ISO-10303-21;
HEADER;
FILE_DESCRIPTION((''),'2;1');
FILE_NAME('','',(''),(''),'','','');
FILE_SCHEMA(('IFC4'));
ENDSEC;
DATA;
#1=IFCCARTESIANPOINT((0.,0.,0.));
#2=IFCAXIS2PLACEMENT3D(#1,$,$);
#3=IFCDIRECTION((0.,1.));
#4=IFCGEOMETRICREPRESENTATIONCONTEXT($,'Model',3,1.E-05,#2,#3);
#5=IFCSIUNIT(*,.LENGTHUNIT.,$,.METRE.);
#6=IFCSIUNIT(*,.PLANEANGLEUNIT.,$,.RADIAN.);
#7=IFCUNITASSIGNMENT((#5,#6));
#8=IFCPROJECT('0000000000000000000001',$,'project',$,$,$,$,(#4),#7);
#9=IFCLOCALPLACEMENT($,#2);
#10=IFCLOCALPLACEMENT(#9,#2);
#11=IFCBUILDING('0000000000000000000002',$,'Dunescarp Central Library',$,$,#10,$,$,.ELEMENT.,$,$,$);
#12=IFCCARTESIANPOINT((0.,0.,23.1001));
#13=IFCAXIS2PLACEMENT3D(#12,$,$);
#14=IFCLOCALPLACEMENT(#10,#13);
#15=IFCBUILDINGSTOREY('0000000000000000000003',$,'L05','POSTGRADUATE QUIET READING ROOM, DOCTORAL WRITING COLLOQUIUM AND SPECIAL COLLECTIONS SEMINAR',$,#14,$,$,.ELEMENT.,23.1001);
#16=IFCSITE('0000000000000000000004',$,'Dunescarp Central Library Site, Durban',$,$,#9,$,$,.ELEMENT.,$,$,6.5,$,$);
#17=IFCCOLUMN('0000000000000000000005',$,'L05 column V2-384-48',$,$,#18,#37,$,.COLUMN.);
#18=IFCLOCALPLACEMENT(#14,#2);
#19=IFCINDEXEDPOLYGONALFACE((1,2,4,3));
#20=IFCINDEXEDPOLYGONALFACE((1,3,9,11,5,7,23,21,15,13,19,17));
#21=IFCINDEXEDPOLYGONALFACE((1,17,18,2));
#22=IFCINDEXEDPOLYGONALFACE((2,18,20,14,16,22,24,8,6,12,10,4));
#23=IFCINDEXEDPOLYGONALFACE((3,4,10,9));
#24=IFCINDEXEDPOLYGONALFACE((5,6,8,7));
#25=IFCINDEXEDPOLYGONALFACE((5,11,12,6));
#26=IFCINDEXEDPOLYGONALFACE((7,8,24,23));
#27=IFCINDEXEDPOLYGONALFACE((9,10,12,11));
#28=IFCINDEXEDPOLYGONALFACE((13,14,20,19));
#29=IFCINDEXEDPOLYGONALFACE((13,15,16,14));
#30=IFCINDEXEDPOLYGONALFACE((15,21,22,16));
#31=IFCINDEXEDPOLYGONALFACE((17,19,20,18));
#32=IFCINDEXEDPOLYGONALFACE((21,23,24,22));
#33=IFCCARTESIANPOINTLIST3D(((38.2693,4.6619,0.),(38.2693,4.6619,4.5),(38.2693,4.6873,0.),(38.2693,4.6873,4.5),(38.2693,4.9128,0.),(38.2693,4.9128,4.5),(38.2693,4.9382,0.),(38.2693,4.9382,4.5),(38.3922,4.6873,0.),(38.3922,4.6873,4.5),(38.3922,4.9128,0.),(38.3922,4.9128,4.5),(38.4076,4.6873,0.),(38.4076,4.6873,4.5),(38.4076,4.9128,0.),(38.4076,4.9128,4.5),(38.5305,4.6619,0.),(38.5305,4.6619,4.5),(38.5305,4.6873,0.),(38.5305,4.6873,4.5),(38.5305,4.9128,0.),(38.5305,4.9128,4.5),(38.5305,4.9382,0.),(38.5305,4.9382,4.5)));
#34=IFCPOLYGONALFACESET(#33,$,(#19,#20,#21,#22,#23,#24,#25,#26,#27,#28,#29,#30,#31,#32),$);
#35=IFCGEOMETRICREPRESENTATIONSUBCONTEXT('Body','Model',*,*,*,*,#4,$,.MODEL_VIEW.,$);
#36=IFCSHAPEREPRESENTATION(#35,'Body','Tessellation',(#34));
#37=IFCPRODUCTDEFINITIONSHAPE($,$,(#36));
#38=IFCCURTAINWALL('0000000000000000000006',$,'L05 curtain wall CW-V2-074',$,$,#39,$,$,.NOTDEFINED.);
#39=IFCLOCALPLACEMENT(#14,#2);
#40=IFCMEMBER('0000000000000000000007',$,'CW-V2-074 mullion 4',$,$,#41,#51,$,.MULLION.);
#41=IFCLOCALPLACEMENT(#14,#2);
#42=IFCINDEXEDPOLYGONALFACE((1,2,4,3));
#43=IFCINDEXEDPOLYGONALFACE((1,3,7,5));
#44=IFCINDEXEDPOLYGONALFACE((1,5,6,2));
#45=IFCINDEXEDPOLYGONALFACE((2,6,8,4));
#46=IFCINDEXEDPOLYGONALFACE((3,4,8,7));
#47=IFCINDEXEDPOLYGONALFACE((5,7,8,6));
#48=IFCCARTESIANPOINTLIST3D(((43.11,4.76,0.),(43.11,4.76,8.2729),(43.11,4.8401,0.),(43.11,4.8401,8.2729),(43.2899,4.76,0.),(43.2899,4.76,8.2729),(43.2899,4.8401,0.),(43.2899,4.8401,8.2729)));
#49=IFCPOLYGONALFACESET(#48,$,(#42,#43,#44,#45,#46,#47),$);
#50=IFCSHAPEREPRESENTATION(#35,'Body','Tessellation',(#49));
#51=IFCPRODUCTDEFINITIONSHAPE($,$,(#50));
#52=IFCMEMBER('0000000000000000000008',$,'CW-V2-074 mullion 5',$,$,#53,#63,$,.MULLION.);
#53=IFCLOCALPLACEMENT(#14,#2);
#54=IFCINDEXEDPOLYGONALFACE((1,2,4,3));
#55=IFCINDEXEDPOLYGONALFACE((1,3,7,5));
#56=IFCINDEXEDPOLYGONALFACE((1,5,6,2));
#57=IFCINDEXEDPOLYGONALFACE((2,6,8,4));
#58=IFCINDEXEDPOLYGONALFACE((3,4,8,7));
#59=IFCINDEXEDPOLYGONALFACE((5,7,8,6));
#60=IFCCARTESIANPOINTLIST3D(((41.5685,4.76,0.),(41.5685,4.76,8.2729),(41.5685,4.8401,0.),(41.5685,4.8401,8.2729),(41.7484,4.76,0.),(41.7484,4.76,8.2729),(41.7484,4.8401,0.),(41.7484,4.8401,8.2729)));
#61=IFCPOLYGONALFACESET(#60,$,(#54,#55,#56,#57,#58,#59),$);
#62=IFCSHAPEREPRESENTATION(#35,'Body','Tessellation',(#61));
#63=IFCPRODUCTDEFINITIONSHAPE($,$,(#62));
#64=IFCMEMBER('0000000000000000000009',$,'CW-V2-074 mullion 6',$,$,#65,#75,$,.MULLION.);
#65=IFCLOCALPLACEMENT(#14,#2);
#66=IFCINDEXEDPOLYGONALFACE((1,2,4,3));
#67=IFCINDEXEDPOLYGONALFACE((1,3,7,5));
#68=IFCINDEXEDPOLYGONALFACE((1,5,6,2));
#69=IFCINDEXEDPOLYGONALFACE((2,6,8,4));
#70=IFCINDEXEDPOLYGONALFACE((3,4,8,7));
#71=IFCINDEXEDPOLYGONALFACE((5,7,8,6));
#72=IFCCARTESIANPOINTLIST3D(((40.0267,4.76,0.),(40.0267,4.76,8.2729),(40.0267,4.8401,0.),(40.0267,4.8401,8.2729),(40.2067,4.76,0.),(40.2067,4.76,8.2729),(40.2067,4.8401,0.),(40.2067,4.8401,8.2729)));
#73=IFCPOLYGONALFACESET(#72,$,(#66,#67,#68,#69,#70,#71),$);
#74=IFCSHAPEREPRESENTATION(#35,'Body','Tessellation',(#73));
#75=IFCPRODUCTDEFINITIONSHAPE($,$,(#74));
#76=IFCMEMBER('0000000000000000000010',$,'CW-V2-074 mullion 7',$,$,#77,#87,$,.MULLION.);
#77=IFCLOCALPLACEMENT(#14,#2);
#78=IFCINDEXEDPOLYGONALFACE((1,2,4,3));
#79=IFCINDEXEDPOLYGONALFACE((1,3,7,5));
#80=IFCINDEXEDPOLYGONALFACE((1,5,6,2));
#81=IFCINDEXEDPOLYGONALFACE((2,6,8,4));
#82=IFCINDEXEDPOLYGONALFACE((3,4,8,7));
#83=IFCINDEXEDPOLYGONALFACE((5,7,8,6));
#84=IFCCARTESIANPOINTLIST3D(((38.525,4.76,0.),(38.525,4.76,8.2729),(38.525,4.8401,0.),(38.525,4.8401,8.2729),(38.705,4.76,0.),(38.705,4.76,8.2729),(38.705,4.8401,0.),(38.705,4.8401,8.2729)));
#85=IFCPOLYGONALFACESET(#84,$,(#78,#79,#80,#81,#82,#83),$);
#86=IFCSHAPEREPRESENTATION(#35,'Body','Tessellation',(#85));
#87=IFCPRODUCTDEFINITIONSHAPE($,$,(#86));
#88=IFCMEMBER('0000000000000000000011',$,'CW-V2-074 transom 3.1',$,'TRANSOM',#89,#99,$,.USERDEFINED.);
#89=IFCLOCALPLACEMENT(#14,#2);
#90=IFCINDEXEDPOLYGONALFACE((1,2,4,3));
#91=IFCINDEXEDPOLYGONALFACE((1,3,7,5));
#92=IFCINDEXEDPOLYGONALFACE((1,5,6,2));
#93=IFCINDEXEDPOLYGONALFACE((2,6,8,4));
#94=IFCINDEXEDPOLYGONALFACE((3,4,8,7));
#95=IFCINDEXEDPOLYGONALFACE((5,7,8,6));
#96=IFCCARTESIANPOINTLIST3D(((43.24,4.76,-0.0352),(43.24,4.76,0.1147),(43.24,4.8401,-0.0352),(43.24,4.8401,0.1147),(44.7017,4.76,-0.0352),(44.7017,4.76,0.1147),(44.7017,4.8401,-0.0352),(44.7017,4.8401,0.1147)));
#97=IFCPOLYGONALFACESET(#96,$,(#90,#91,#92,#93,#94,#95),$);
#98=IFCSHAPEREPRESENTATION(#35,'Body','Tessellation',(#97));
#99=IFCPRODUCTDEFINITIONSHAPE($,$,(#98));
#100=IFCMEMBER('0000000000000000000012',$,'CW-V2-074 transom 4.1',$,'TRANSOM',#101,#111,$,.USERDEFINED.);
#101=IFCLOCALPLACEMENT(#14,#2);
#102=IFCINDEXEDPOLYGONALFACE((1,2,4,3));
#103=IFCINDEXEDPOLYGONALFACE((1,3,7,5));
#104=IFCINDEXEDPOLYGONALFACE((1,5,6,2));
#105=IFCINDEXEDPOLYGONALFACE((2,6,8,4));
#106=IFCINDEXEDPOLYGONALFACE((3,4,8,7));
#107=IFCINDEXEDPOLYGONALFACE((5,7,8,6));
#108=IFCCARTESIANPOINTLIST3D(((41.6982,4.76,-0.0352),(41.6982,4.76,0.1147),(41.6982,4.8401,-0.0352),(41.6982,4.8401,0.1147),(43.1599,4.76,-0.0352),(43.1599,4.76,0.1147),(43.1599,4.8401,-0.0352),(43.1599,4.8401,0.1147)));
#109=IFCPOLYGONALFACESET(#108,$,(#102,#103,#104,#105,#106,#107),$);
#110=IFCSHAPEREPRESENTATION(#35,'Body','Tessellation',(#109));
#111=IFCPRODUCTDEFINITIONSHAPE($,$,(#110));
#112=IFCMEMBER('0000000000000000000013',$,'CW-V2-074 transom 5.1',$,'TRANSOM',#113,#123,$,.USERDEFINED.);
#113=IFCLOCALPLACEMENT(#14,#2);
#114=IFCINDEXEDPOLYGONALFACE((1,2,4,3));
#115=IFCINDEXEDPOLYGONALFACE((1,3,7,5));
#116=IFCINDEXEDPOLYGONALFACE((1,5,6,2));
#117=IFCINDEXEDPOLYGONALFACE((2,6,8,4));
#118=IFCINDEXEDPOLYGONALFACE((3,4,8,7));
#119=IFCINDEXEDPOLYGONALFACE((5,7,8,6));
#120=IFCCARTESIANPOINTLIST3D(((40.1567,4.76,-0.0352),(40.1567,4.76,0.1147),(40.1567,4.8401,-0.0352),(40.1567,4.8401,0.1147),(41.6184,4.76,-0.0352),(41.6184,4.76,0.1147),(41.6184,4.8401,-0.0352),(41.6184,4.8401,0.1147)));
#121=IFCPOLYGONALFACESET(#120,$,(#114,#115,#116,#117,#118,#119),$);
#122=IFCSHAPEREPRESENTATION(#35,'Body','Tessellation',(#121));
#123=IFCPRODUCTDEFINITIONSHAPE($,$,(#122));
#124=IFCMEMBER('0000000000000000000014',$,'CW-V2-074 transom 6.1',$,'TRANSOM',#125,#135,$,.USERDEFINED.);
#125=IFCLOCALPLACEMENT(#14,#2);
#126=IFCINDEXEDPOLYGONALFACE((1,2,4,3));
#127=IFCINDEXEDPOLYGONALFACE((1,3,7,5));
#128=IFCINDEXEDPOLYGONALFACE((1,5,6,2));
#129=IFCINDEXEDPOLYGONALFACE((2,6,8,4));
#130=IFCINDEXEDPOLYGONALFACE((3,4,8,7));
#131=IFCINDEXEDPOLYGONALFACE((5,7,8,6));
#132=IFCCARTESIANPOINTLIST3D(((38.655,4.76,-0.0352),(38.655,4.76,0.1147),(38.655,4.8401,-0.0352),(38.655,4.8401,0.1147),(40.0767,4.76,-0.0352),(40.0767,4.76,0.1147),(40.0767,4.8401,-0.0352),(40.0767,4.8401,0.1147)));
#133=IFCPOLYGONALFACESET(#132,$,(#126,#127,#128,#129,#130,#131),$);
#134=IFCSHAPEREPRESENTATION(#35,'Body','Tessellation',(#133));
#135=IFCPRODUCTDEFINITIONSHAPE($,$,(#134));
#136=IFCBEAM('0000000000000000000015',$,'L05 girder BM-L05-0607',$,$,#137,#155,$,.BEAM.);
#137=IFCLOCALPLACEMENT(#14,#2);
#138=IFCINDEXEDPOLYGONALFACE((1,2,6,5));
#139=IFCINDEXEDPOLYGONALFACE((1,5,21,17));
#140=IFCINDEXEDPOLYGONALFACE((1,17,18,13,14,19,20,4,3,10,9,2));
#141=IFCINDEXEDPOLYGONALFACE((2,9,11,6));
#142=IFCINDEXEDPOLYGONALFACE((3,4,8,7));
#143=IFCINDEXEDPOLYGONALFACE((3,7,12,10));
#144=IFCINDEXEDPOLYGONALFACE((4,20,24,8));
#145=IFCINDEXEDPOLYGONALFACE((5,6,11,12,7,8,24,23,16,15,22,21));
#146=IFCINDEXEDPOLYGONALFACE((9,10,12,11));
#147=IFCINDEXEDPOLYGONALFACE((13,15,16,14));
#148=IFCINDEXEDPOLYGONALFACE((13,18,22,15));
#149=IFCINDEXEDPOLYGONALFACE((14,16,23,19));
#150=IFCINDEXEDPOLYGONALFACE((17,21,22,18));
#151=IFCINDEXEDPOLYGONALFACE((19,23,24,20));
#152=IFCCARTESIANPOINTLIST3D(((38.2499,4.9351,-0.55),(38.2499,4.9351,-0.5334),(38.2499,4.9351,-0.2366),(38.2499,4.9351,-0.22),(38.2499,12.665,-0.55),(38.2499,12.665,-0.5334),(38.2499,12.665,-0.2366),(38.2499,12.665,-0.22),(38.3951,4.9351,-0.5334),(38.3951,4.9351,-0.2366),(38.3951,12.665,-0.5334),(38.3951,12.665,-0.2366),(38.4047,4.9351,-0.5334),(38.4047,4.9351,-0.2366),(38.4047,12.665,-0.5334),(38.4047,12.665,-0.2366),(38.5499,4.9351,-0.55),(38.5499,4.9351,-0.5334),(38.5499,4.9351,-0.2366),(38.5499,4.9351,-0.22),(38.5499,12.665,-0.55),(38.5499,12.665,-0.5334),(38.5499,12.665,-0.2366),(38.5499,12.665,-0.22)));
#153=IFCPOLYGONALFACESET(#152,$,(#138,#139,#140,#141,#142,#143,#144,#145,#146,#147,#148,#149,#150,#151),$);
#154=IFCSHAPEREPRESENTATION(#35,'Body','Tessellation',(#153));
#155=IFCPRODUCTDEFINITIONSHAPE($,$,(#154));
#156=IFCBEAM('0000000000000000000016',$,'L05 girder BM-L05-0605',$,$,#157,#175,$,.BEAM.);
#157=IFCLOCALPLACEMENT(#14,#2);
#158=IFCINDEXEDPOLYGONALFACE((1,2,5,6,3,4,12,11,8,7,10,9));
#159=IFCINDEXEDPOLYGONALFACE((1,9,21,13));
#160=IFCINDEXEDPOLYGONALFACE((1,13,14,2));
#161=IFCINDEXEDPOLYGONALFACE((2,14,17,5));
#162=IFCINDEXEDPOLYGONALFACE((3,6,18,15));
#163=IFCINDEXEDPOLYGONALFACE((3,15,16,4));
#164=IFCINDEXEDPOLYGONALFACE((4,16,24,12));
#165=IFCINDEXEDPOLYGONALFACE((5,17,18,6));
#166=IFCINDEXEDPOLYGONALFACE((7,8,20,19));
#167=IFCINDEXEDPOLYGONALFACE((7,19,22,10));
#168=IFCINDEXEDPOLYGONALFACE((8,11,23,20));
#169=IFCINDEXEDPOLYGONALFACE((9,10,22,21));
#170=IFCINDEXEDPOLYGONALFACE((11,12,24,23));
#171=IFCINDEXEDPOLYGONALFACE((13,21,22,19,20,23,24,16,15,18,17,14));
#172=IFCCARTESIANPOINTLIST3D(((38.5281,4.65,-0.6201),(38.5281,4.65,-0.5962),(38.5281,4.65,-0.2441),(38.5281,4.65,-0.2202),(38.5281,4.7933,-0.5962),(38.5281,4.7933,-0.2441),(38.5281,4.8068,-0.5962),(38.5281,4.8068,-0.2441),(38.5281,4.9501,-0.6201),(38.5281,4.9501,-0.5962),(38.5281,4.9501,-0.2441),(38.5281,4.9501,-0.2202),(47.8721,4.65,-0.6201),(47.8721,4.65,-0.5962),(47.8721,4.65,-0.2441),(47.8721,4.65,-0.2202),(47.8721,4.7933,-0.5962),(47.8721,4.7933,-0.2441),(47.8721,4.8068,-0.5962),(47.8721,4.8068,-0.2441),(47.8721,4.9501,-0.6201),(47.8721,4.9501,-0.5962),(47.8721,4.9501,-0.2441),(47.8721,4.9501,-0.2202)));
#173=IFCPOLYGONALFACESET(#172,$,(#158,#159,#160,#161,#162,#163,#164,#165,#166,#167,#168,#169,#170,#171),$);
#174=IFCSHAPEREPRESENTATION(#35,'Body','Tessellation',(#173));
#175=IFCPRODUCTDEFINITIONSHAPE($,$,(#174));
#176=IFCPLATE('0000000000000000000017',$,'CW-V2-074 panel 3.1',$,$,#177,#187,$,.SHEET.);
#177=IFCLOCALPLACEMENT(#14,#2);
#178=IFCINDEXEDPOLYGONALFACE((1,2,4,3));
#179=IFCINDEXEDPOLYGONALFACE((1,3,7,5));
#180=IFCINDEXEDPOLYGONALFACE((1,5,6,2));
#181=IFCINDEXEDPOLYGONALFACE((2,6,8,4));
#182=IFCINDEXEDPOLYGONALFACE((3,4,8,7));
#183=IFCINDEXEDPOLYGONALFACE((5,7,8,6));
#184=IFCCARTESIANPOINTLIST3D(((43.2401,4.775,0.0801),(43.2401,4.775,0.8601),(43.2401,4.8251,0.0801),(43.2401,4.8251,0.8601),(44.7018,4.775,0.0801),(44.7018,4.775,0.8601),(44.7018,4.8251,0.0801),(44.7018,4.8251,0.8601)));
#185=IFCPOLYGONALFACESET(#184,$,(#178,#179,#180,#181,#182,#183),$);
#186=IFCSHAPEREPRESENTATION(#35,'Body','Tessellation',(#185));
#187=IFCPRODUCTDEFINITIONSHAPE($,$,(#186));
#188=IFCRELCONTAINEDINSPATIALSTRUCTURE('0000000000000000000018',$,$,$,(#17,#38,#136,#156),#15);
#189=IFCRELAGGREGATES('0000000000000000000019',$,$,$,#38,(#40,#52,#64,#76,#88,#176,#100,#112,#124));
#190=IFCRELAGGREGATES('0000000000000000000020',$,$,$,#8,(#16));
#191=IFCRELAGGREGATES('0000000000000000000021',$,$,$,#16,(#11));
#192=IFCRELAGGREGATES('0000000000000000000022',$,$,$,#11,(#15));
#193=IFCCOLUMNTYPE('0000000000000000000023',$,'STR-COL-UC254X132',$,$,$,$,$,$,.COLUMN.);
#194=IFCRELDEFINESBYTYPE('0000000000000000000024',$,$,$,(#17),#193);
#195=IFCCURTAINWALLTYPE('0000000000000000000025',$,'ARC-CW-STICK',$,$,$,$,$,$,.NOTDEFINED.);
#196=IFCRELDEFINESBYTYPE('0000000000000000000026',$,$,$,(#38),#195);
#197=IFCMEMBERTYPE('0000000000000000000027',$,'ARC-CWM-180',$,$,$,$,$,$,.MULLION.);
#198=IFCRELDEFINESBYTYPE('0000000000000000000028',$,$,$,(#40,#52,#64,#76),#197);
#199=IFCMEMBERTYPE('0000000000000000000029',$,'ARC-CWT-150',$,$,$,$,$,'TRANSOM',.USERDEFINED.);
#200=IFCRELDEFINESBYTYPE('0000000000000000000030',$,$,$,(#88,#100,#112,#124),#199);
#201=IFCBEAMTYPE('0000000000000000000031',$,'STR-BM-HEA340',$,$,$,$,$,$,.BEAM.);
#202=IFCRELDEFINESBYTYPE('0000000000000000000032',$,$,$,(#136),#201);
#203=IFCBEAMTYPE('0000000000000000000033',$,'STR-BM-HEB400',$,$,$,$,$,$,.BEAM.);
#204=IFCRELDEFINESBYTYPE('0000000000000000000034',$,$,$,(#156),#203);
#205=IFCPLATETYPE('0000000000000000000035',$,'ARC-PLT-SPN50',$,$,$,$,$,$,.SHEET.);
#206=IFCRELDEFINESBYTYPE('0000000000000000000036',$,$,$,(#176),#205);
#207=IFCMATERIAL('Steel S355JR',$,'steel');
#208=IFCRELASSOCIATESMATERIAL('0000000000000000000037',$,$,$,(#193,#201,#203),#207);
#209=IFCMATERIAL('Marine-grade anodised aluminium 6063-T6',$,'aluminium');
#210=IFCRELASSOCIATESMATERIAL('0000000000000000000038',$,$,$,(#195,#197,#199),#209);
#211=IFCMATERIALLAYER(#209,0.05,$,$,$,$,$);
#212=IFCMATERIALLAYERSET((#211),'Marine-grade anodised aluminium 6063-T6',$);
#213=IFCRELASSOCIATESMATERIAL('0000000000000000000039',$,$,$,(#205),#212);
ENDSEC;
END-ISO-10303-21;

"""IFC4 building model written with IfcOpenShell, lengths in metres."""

from ifc_helpers import new_model, si_unit, direction, frame, origin, origin_2d, place, context, subcontext, project, spatial, rectangle, i_section, extrude, material, layer, layer_set, material_profile, profile_set, type_object, element, aggregate, save


model = new_model("IFC4")

# Units and contexts
model_context = context("Model", 3, precision=1e-05, world=origin(), true_north=direction((0.0, 1.0)))
body_context = subcontext(model_context, "Body", "Model", "MODEL_VIEW")
ifc_project = project(units=[si_unit("LENGTHUNIT", "METRE"), si_unit("PLANEANGLEUNIT", "RADIAN")], contexts=[model_context])

# Site, building, storey
site_placement = place(None, origin())
site = spatial("IfcSite", under=ifc_project, at=site_placement, Name="Dunescarp Central Library Site, Durban", CompositionType="ELEMENT", RefElevation=6.5)
building_placement = place(site_placement, origin())
building = spatial("IfcBuilding", under=site, at=building_placement, Name="Dunescarp Central Library", CompositionType="ELEMENT")
storey_placement = place(building_placement, frame((0.0, 0.0, 23.1001)))
storey = spatial("IfcBuildingStorey", under=building, at=storey_placement, Name="L05", Description="POSTGRADUATE QUIET READING ROOM, DOCTORAL WRITING COLLOQUIUM AND SPECIAL COLLECTIONS SEMINAR", CompositionType="ELEMENT", Elevation=23.1001)

# Column
ifc_material_1 = material(Name="Steel S355JR", Category="steel")
ifc_material_profile_1 = material_profile(ifc_material_1, i_section(OverallWidth=0.2612, OverallDepth=0.2764, WebThickness=0.0154, FlangeThickness=0.0254, at=origin_2d()), Name="UC 254x254x132")
ifc_profile_set_1 = profile_set([ifc_material_profile_1], Name="Steel S355JR")
column_type = type_object("IfcColumnType", Name="STR-COL-UC254X132", PredefinedType="COLUMN", material=ifc_profile_set_1)
column_placement = place(storey_placement, frame((38.3999, 4.8, 0.0), z_axis=(0.0, 0.0, 1.0), x_axis=(1.0, 0.0, 0.0)))
element("IfcColumn", 1, at=column_placement, inside=storey, type_object=column_type, Name="L05 column V2-384-48", PredefinedType="COLUMN", context=body_context, shape_type="SweptSolid", body=[
    extrude(i_section(OverallWidth=0.2612, OverallDepth=0.2764, WebThickness=0.0154, FlangeThickness=0.0254, at=origin_2d()), origin(), (0.0, 0.0, 1.0), 4.5),
])

# Curtain wall, members
ifc_material_2 = material(Name="Marine-grade anodised aluminium 6063-T6", Category="aluminium")
curtain_wall_type = type_object("IfcCurtainWallType", Name="ARC-CW-STICK", PredefinedType="NOTDEFINED", material=ifc_material_2)
curtain_wall_placement = place(storey_placement, origin())
curtain_wall = element("IfcCurtainWall", 2, at=curtain_wall_placement, inside=storey, type_object=curtain_wall_type, Name="L05 curtain wall CW-V2-074", PredefinedType="NOTDEFINED")
ifc_material_profile_2 = material_profile(ifc_material_2, rectangle(XDim=0.0801, YDim=0.1799, at=origin_2d()), Name="AL 80x180")
ifc_profile_set_2 = profile_set([ifc_material_profile_2], Name="Marine-grade anodised aluminium 6063-T6")
member_type_1 = type_object("IfcMemberType", Name="ARC-CWM-180", PredefinedType="MULLION", material=ifc_profile_set_2)
member_1_placement = place(storey_placement, frame((43.2, 4.8, 0.0), z_axis=(0.0, 0.0, 1.0), x_axis=(0.0, -1.0, 0.0)))
member_1 = element("IfcMember", 3, at=member_1_placement, type_object=member_type_1, Name="CW-V2-074 mullion 4", PredefinedType="MULLION", context=body_context, shape_type="SweptSolid", body=[
    extrude(rectangle(XDim=0.0801, YDim=0.1799, at=origin_2d()), origin(), (0.0, 0.0, 1.0), 8.2729),
])
member_2_placement = place(storey_placement, frame((41.6584, 4.8, 0.0), z_axis=(0.0, 0.0, 1.0), x_axis=(0.0, -1.0, 0.0)))
member_2 = element("IfcMember", 4, at=member_2_placement, type_object=member_type_1, Name="CW-V2-074 mullion 5", PredefinedType="MULLION", context=body_context, shape_type="SweptSolid", body=[
    extrude(rectangle(XDim=0.0801, YDim=0.1799, at=origin_2d()), origin(), (0.0, 0.0, 1.0), 8.2729),
])
member_3_placement = place(storey_placement, frame((40.1167, 4.8, 0.0), z_axis=(0.0, 0.0, 1.0), x_axis=(0.0, -1.0, 0.0)))
member_3 = element("IfcMember", 5, at=member_3_placement, type_object=member_type_1, Name="CW-V2-074 mullion 6", PredefinedType="MULLION", context=body_context, shape_type="SweptSolid", body=[
    extrude(rectangle(XDim=0.0801, YDim=0.1799, at=origin_2d()), origin(), (0.0, 0.0, 1.0), 8.2729),
])
member_4_placement = place(storey_placement, frame((38.615, 4.8, 0.0), z_axis=(0.0, 0.0, 1.0), x_axis=(0.0, -1.0, 0.0)))
member_4 = element("IfcMember", 6, at=member_4_placement, type_object=member_type_1, Name="CW-V2-074 mullion 7", PredefinedType="MULLION", context=body_context, shape_type="SweptSolid", body=[
    extrude(rectangle(XDim=0.0801, YDim=0.1799, at=origin_2d()), origin(), (0.0, 0.0, 1.0), 8.2729),
])
ifc_material_profile_3 = material_profile(ifc_material_2, rectangle(XDim=0.0801, YDim=0.1499, at=origin_2d()), Name="AL 80x150")
ifc_profile_set_3 = profile_set([ifc_material_profile_3], Name="Marine-grade anodised aluminium 6063-T6")
member_type_2 = type_object("IfcMemberType", Name="ARC-CWT-150", ElementType="TRANSOM", PredefinedType="USERDEFINED", material=ifc_profile_set_3)
member_5_placement = place(storey_placement, frame((44.7017, 4.8, 0.0398), z_axis=(-1.0, 0.0, 0.0), x_axis=(0.0, -1.0, 0.0)))
member_5 = element("IfcMember", 7, at=member_5_placement, type_object=member_type_2, Name="CW-V2-074 transom 3.1", ObjectType="TRANSOM", PredefinedType="USERDEFINED", context=body_context, shape_type="SweptSolid", body=[
    extrude(rectangle(XDim=0.0801, YDim=0.1499, at=origin_2d()), origin(), (0.0, 0.0, 1.0), 1.4617),
])
member_6_placement = place(storey_placement, frame((43.1599, 4.8, 0.0398), z_axis=(-1.0, 0.0, 0.0), x_axis=(0.0, -1.0, 0.0)))
member_6 = element("IfcMember", 8, at=member_6_placement, type_object=member_type_2, Name="CW-V2-074 transom 4.1", ObjectType="TRANSOM", PredefinedType="USERDEFINED", context=body_context, shape_type="SweptSolid", body=[
    extrude(rectangle(XDim=0.0801, YDim=0.1499, at=origin_2d()), origin(), (0.0, 0.0, 1.0), 1.4617),
])
member_7_placement = place(storey_placement, frame((41.6184, 4.8, 0.0398), z_axis=(-1.0, 0.0, 0.0), x_axis=(0.0, -1.0, 0.0)))
member_7 = element("IfcMember", 9, at=member_7_placement, type_object=member_type_2, Name="CW-V2-074 transom 5.1", ObjectType="TRANSOM", PredefinedType="USERDEFINED", context=body_context, shape_type="SweptSolid", body=[
    extrude(rectangle(XDim=0.0801, YDim=0.1499, at=origin_2d()), origin(), (0.0, 0.0, 1.0), 1.4617),
])
member_8_placement = place(storey_placement, frame((40.0767, 4.8, 0.0398), z_axis=(-1.0, 0.0, 0.0), x_axis=(0.0, -1.0, 0.0)))
member_8 = element("IfcMember", 10, at=member_8_placement, type_object=member_type_2, Name="CW-V2-074 transom 6.1", ObjectType="TRANSOM", PredefinedType="USERDEFINED", context=body_context, shape_type="SweptSolid", body=[
    extrude(rectangle(XDim=0.0801, YDim=0.1499, at=origin_2d()), origin(), (0.0, 0.0, 1.0), 1.4216),
])

# Beams
ifc_material_profile_4 = material_profile(ifc_material_1, i_section(OverallWidth=0.3, OverallDepth=0.3301, WebThickness=0.0095, FlangeThickness=0.0166, at=origin_2d()), Name="HEA 340")
ifc_profile_set_4 = profile_set([ifc_material_profile_4], Name="Steel S355JR")
beam_type_1 = type_object("IfcBeamType", Name="STR-BM-HEA340", PredefinedType="BEAM", material=ifc_profile_set_4)
beam_1_placement = place(storey_placement, frame((38.3999, 4.9351, -0.385), z_axis=(0.0, 1.0, 0.0), x_axis=(-1.0, 0.0, 0.0)))
element("IfcBeam", 11, at=beam_1_placement, inside=storey, type_object=beam_type_1, Name="L05 girder BM-L05-0607", PredefinedType="BEAM", context=body_context, shape_type="SweptSolid", body=[
    extrude(i_section(OverallWidth=0.3, OverallDepth=0.3301, WebThickness=0.0095, FlangeThickness=0.0166, at=origin_2d()), origin(), (0.0, 0.0, 1.0), 7.73),
])
ifc_material_profile_5 = material_profile(ifc_material_1, i_section(OverallWidth=0.3, OverallDepth=0.3999, WebThickness=0.0134, FlangeThickness=0.0239, at=origin_2d()), Name="HEB 400")
ifc_profile_set_5 = profile_set([ifc_material_profile_5], Name="Steel S355JR")
beam_type_2 = type_object("IfcBeamType", Name="STR-BM-HEB400", PredefinedType="BEAM", material=ifc_profile_set_5)
beam_2_placement = place(storey_placement, frame((38.5281, 4.8, -0.4202), z_axis=(1.0, 0.0, 0.0), x_axis=(0.0, 1.0, 0.0)))
element("IfcBeam", 12, at=beam_2_placement, inside=storey, type_object=beam_type_2, Name="L05 girder BM-L05-0605", PredefinedType="BEAM", context=body_context, shape_type="SweptSolid", body=[
    extrude(i_section(OverallWidth=0.3, OverallDepth=0.3999, WebThickness=0.0134, FlangeThickness=0.0239, at=origin_2d()), origin(), (0.0, 0.0, 1.0), 9.344),
])

# Plate
ifc_layer_1 = layer(ifc_material_2, 0.05)
ifc_layer_set_1 = layer_set([ifc_layer_1], Name="Marine-grade anodised aluminium 6063-T6")
plate_type = type_object("IfcPlateType", Name="ARC-PLT-SPN50", PredefinedType="SHEET", material=ifc_layer_set_1)
plate_1_placement = place(storey_placement, frame((43.9709, 4.8, 0.0801), z_axis=(0.0, 0.0, 1.0), x_axis=(-1.0, 0.0, 0.0)))
plate_1 = element("IfcPlate", 13, at=plate_1_placement, type_object=plate_type, Name="CW-V2-074 panel 3.1", PredefinedType="SHEET", context=body_context, shape_type="SweptSolid", body=[
    extrude(rectangle(XDim=1.4617, YDim=0.05, at=origin_2d()), origin(), (0.0, 0.0, 1.0), 0.78),
])
aggregate(curtain_wall, [member_1, member_2, member_3, member_4, member_5, plate_1, member_6, member_7, member_8])

save(model, "model.ifc")
